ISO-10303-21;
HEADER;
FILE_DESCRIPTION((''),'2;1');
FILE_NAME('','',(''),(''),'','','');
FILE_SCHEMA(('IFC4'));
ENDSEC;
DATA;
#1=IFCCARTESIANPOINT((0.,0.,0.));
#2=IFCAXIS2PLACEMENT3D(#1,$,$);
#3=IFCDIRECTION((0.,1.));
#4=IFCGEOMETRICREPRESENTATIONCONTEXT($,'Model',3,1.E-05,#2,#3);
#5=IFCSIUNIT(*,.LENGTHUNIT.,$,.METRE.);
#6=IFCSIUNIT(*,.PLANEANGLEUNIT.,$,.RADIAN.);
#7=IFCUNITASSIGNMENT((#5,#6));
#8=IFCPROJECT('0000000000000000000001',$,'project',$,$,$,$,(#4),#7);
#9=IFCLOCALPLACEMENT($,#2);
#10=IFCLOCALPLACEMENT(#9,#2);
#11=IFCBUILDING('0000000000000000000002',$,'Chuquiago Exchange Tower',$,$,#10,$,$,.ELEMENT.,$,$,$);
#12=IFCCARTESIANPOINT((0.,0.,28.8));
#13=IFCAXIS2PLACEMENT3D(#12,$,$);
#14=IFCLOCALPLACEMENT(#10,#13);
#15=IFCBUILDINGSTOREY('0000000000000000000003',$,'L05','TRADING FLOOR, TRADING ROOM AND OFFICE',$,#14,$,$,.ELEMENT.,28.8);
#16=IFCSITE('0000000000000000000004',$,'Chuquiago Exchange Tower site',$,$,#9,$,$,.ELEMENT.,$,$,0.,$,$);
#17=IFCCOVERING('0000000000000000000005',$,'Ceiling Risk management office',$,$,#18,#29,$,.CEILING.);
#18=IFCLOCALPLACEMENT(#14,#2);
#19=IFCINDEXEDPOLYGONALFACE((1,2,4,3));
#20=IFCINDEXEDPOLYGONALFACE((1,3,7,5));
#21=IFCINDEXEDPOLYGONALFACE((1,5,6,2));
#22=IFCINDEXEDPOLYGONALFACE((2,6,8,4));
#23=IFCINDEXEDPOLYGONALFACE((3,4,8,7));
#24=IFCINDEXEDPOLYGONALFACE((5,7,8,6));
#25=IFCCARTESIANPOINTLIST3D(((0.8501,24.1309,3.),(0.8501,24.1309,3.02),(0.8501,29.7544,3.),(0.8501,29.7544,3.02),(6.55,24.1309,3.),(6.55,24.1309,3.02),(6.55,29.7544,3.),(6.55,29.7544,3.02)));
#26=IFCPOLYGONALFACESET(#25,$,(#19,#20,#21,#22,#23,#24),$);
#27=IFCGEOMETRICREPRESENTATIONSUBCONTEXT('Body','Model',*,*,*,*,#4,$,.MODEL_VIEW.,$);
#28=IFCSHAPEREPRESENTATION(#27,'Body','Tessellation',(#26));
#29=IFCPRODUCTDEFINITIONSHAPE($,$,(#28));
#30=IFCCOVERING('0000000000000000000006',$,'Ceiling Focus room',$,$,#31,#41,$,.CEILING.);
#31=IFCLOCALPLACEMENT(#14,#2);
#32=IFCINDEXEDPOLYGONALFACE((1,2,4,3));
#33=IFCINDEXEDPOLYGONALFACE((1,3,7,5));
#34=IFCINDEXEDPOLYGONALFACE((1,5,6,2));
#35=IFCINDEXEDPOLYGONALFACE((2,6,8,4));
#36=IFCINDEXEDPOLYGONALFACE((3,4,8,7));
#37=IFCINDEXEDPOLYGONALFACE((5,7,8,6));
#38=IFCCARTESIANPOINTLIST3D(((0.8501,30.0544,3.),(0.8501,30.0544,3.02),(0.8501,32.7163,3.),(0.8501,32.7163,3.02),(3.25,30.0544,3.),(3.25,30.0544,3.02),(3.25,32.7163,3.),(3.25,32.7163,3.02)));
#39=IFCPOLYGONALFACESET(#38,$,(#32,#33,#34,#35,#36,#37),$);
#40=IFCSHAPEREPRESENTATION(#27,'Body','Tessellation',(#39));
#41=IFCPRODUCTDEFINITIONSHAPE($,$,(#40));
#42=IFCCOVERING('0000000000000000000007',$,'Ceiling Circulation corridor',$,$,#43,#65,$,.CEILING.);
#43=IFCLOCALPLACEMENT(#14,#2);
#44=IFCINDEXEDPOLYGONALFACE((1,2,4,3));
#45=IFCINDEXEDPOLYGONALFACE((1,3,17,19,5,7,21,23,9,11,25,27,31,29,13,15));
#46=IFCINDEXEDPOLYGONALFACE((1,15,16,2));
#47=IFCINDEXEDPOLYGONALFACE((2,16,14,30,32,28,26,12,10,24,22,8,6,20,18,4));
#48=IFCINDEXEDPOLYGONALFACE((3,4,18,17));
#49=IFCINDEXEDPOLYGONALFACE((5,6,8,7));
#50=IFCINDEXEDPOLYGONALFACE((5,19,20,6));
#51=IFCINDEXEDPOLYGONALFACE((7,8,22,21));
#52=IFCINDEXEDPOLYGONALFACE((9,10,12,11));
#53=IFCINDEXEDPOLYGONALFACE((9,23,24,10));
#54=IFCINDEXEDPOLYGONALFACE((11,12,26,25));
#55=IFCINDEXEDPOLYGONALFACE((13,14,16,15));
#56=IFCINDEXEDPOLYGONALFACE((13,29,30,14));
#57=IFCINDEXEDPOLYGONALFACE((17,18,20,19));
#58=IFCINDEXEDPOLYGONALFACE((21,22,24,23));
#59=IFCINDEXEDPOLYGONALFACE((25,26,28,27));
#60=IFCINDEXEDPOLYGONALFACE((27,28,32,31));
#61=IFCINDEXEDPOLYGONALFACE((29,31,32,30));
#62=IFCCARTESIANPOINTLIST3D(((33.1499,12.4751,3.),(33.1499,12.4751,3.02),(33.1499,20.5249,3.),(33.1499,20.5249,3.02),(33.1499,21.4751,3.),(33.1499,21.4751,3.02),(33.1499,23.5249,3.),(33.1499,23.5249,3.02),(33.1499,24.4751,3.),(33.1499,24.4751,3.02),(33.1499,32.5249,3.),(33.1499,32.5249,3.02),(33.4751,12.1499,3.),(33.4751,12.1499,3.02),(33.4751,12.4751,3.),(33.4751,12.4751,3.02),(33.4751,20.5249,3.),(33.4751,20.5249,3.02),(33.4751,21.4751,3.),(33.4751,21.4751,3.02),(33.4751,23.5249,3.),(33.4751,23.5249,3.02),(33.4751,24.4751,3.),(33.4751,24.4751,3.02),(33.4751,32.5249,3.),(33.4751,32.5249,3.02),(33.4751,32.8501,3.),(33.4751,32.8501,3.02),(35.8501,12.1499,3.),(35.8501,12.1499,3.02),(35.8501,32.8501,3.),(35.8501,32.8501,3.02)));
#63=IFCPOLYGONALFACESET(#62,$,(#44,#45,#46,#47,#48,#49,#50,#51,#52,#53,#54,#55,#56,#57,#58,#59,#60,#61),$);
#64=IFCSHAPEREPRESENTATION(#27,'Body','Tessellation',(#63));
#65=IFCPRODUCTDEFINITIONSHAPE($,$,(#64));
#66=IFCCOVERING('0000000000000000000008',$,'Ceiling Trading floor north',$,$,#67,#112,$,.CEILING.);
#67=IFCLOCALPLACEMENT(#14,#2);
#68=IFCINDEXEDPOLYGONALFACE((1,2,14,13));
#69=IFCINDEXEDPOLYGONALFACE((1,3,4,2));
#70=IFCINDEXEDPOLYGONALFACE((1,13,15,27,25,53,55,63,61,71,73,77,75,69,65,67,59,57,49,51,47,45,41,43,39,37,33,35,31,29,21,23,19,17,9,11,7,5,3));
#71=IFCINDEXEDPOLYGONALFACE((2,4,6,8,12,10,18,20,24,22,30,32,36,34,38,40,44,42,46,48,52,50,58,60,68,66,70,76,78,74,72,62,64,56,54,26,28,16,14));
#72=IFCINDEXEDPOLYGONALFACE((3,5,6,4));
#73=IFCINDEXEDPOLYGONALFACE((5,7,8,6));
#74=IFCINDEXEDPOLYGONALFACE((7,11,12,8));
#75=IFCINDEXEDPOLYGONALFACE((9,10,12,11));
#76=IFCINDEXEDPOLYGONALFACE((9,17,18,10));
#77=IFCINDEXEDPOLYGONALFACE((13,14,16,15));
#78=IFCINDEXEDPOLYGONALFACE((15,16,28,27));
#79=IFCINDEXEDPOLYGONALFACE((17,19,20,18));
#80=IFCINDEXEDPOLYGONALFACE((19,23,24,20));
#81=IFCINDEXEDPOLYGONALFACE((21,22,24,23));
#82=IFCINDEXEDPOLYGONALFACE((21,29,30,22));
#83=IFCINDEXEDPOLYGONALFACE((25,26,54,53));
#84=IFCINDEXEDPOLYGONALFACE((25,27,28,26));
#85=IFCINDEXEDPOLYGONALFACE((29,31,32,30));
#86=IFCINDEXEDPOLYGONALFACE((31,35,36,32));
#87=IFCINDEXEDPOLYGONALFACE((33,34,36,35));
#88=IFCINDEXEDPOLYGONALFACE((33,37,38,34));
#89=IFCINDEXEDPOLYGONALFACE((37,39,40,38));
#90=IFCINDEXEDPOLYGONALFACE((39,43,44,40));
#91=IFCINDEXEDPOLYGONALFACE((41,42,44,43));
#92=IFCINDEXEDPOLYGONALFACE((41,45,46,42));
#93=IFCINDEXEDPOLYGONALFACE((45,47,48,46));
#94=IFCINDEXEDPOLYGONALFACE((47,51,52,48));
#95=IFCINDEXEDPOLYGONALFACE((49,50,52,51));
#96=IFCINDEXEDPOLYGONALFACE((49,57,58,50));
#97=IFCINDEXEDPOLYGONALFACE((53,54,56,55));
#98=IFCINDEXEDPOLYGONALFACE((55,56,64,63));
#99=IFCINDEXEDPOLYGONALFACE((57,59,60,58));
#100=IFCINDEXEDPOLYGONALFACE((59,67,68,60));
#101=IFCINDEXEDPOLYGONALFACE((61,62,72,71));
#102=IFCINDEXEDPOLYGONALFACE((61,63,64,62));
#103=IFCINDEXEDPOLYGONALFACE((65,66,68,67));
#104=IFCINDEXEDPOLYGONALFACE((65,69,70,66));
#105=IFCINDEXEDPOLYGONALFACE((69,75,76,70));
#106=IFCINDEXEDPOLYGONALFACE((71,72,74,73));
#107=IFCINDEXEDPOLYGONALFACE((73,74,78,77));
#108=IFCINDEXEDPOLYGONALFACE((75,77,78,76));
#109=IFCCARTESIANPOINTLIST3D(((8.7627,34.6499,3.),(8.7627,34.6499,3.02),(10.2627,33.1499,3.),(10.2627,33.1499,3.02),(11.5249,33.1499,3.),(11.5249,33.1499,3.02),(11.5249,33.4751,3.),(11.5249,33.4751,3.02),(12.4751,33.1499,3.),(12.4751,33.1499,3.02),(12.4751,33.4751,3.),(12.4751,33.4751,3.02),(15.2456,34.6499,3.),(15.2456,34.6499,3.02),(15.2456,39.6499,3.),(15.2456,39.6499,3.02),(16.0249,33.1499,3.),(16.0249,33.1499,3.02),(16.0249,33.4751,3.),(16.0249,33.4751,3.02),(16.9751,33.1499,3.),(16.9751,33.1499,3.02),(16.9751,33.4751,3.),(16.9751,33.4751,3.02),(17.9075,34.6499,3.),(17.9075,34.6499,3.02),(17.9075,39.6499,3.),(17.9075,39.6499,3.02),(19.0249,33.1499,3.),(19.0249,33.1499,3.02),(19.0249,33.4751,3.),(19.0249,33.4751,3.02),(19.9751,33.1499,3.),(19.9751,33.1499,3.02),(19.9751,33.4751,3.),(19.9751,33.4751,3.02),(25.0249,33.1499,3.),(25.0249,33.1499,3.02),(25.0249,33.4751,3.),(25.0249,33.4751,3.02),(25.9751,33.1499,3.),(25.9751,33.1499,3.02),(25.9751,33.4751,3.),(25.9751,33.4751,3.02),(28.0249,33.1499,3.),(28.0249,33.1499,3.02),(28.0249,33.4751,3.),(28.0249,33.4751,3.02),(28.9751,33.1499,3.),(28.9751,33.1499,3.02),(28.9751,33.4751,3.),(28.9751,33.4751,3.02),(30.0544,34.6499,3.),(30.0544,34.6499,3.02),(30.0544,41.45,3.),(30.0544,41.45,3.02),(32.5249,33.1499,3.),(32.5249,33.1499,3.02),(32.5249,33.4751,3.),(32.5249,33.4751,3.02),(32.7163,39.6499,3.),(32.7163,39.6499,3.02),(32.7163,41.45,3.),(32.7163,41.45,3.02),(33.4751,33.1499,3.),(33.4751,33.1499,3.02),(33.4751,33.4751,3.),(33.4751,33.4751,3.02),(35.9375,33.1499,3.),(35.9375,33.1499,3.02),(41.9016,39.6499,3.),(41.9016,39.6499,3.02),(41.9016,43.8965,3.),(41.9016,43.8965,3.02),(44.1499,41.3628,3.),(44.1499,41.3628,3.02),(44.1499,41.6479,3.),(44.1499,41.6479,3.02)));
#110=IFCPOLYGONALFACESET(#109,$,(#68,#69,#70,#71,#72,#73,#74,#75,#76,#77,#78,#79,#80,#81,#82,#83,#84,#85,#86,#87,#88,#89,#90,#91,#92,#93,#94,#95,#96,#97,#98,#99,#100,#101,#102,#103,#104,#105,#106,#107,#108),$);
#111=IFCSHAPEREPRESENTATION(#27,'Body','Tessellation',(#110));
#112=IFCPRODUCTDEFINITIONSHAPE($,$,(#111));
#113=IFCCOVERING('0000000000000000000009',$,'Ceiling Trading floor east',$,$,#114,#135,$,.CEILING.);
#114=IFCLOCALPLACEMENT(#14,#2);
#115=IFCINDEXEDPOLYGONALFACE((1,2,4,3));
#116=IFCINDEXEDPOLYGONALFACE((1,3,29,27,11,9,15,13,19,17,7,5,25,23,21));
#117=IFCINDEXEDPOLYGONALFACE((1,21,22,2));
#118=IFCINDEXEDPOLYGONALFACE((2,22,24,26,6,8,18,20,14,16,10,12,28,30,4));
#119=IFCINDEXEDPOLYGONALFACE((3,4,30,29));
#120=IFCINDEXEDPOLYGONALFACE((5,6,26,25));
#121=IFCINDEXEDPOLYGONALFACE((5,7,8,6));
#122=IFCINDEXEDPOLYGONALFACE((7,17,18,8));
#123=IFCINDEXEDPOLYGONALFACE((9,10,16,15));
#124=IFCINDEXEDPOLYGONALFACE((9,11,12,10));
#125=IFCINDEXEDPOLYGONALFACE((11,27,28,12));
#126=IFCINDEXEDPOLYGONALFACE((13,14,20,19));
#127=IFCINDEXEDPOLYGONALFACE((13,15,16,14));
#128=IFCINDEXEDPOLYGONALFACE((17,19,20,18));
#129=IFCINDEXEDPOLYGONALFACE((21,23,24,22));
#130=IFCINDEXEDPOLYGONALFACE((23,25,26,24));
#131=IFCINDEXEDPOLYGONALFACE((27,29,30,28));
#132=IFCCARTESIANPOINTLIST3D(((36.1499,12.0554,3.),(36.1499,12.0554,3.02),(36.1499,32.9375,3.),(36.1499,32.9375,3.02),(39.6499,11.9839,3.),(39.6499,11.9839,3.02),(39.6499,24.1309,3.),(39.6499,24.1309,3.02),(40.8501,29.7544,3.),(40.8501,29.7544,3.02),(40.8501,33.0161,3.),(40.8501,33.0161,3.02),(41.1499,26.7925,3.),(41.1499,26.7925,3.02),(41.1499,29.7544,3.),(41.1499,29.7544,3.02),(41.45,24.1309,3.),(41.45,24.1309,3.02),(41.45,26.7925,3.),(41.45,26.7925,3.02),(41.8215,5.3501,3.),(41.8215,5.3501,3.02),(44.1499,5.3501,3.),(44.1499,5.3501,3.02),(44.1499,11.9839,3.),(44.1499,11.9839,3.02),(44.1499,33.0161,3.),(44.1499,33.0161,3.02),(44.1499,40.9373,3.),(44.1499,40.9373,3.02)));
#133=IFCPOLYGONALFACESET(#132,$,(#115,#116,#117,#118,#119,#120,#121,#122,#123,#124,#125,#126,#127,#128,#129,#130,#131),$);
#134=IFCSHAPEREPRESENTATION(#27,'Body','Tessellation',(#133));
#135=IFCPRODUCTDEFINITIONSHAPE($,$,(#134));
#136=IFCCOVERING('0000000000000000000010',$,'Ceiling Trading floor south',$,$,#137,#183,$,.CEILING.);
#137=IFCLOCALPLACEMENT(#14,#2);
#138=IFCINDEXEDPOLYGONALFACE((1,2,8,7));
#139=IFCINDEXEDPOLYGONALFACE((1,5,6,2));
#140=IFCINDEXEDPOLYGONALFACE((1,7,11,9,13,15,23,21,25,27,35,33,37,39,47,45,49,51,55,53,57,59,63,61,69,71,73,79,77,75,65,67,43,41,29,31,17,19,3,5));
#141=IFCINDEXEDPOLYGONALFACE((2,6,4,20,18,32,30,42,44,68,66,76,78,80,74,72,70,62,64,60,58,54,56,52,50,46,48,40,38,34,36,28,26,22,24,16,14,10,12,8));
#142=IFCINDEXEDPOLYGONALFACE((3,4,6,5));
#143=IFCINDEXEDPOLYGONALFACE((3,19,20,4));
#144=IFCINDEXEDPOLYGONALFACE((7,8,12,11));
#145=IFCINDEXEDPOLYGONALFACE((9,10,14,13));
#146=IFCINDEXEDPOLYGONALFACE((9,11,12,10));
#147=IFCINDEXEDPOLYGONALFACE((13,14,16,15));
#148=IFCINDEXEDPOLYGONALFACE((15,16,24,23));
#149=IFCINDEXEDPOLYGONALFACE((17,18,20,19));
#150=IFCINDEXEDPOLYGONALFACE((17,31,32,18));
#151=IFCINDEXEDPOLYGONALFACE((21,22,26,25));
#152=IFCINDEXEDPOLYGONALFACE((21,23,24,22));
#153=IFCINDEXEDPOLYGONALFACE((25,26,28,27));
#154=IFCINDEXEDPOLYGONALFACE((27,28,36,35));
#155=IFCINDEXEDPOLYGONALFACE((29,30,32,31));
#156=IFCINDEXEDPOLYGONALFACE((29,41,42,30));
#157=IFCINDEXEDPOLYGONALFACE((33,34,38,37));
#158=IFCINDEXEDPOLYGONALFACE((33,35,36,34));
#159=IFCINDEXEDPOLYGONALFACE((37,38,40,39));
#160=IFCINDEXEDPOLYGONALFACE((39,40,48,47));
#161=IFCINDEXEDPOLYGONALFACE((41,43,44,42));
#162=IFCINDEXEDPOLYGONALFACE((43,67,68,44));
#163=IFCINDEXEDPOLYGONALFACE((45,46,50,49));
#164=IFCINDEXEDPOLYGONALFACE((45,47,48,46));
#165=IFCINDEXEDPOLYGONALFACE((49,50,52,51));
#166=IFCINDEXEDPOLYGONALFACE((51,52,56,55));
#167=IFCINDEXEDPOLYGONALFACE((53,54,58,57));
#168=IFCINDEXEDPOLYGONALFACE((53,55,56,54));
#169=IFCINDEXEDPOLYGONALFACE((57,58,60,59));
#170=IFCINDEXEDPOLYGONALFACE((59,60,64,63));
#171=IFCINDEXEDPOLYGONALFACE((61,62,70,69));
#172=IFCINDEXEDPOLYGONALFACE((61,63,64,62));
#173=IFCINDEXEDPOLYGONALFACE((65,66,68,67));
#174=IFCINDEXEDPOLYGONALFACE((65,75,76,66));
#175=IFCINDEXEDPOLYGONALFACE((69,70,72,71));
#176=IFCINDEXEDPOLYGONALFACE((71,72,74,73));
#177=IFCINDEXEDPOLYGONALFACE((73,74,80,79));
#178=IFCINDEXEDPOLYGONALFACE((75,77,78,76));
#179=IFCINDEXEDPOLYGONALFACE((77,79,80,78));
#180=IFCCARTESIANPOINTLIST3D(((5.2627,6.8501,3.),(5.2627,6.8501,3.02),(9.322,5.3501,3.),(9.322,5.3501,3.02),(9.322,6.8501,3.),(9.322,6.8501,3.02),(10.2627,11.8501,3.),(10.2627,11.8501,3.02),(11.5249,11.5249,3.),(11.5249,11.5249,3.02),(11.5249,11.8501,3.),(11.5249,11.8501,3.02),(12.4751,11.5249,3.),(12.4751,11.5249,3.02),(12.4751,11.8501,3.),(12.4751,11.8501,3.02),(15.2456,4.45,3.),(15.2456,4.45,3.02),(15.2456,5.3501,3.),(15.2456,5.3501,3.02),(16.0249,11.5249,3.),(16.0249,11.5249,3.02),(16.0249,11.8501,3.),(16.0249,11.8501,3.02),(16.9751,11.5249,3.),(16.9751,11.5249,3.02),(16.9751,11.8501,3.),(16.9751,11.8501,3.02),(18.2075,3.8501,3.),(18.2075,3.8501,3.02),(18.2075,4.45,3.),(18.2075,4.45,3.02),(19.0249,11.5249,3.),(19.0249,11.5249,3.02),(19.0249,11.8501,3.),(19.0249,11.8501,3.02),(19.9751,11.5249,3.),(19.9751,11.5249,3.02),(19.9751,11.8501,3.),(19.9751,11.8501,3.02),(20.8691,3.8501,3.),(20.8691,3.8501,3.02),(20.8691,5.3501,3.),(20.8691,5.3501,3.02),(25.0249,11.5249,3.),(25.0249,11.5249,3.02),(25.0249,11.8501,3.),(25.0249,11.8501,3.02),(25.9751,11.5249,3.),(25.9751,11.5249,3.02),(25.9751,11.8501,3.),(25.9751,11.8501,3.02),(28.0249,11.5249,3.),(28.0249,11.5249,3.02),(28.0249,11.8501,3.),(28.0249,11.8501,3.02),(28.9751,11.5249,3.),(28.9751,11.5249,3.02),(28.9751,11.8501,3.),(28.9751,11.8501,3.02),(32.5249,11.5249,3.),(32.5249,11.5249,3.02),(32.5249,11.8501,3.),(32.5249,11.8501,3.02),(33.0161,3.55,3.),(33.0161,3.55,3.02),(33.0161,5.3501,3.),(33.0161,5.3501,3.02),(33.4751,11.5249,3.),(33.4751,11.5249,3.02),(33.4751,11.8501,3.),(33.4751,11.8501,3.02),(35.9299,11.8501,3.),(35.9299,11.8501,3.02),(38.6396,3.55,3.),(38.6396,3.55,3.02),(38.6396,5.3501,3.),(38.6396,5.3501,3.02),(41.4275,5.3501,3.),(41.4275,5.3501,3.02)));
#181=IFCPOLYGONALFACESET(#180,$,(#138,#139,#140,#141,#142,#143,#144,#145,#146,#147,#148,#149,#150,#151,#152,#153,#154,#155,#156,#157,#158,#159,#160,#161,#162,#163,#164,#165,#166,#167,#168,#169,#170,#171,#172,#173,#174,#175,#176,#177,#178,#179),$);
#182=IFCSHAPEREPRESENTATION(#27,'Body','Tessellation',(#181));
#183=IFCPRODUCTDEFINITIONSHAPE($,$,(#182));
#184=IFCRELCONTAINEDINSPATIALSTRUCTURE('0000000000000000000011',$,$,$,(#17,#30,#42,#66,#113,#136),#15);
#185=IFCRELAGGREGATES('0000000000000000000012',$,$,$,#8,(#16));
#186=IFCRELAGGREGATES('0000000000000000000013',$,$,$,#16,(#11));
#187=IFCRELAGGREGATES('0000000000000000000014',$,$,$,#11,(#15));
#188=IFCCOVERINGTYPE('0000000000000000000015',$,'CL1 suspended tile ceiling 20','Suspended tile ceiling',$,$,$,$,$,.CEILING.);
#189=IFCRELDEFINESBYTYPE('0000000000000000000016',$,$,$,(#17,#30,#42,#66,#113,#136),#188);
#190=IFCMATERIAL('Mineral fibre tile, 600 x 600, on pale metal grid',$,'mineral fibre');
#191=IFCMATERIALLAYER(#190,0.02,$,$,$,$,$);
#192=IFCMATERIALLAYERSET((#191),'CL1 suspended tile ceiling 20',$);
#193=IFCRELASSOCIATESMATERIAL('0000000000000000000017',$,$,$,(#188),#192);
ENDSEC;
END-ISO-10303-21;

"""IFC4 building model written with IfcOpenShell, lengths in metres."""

from ifc_helpers import new_model, si_unit, direction, frame, origin, place, context, subcontext, project, spatial, polyline, outline, extrude, material, layer, layer_set, type_object, element, save


model = new_model("IFC4")

# Units and contexts
model_context = context("Model", 3, precision=1e-05, world=origin(), true_north=direction((0.0, 1.0)))
body_context = subcontext(model_context, "Body", "Model", "MODEL_VIEW")
ifc_project = project(units=[si_unit("LENGTHUNIT", "METRE"), si_unit("PLANEANGLEUNIT", "RADIAN")], contexts=[model_context])

# Site, building, storey
site_placement = place(None, origin())
site = spatial("IfcSite", under=ifc_project, at=site_placement, Name="Chuquiago Exchange Tower site", CompositionType="ELEMENT", RefElevation=0.0)
building_placement = place(site_placement, origin())
building = spatial("IfcBuilding", under=site, at=building_placement, Name="Chuquiago Exchange Tower", CompositionType="ELEMENT")
storey_placement = place(building_placement, frame((0.0, 0.0, 28.8)))
storey = spatial("IfcBuildingStorey", under=building, at=storey_placement, Name="L05", Description="TRADING FLOOR, TRADING ROOM AND OFFICE", CompositionType="ELEMENT", Elevation=28.8)

# Coverings
ifc_material_1 = material(Name="Mineral fibre tile, 600 x 600, on pale metal grid", Category="mineral fibre")
ifc_layer_1 = layer(ifc_material_1, 0.02)
ifc_layer_set_1 = layer_set([ifc_layer_1], Name="CL1 suspended tile ceiling 20")
covering_type_1 = type_object("IfcCoveringType", Name="CL1 suspended tile ceiling 20", Description="Suspended tile ceiling", PredefinedType="CEILING", material=ifc_layer_set_1)
covering_1_placement = place(storey_placement, frame((0.0, 0.0, 3.0)))
element("IfcCovering", 1, at=covering_1_placement, inside=storey, type_object=covering_type_1, Name="Ceiling Risk management office", PredefinedType="CEILING", context=body_context, shape_type="SweptSolid", body=[
    extrude(outline(polyline([(6.55, 29.7544), (6.55, 24.1309), (0.8501, 24.1309), (0.8501, 29.7544), (6.55, 29.7544)])), origin(), (0.0, 0.0, 1.0), 0.02),
])
covering_2_placement = place(storey_placement, frame((0.0, 0.0, 3.0)))
element("IfcCovering", 2, at=covering_2_placement, inside=storey, type_object=covering_type_1, Name="Ceiling Focus room", PredefinedType="CEILING", context=body_context, shape_type="SweptSolid", body=[
    extrude(outline(polyline([(3.25, 32.7163), (3.25, 30.0544), (0.8501, 30.0544), (0.8501, 32.7163), (3.25, 32.7163)])), origin(), (0.0, 0.0, 1.0), 0.02),
])
covering_3_placement = place(storey_placement, frame((0.0, 0.0, 3.0)))
element("IfcCovering", 3, at=covering_3_placement, inside=storey, type_object=covering_type_1, Name="Ceiling Circulation corridor", PredefinedType="CEILING", context=body_context, shape_type="SweptSolid", body=[
    extrude(outline(polyline([(35.8501, 32.8501), (35.8501, 12.1499), (33.4751, 12.1499), (33.4751, 12.4751), (33.1499, 12.4751), (33.1499, 20.5249), (33.4751, 20.5249), (33.4751, 21.4751), (33.1499, 21.4751), (33.1499, 23.5249), (33.4751, 23.5249), (33.4751, 24.4751), (33.1499, 24.4751), (33.1499, 32.5249), (33.4751, 32.5249), (33.4751, 32.8501), (35.8501, 32.8501)])), origin(), (0.0, 0.0, 1.0), 0.02),
])
covering_4_placement = place(storey_placement, frame((0.0, 0.0, 3.0)))
element("IfcCovering", 4, at=covering_4_placement, inside=storey, type_object=covering_type_1, Name="Ceiling Trading floor north", PredefinedType="CEILING", context=body_context, shape_type="SweptSolid", body=[
    extrude(outline(polyline([(15.2456, 39.6499), (17.9075, 39.6499), (17.9075, 34.6499), (30.0544, 34.6499), (30.0544, 41.45), (32.7163, 41.45), (32.7163, 39.6499), (41.9016, 39.6499), (41.9016, 43.8965), (44.1499, 41.6479), (44.1499, 41.3628), (35.9375, 33.1499), (33.4751, 33.1499), (33.4751, 33.4751), (32.5249, 33.4751), (32.5249, 33.1499), (28.9751, 33.1499), (28.9751, 33.4751), (28.0249, 33.4751), (28.0249, 33.1499), (25.9751, 33.1499), (25.9751, 33.4751), (25.0249, 33.4751), (25.0249, 33.1499), (19.9751, 33.1499), (19.9751, 33.4751), (19.0249, 33.4751), (19.0249, 33.1499), (16.9751, 33.1499), (16.9751, 33.4751), (16.0249, 33.4751), (16.0249, 33.1499), (12.4751, 33.1499), (12.4751, 33.4751), (11.5249, 33.4751), (11.5249, 33.1499), (10.2627, 33.1499), (8.7627, 34.6499), (15.2456, 34.6499), (15.2456, 39.6499)])), origin(), (0.0, 0.0, 1.0), 0.02),
])
covering_5_placement = place(storey_placement, frame((0.0, 0.0, 3.0)))
element("IfcCovering", 5, at=covering_5_placement, inside=storey, type_object=covering_type_1, Name="Ceiling Trading floor east", PredefinedType="CEILING", context=body_context, shape_type="SweptSolid", body=[
    extrude(outline(polyline([(40.8501, 33.0161), (40.8501, 29.7544), (41.1499, 29.7544), (41.1499, 26.7925), (41.45, 26.7925), (41.45, 24.1309), (39.6499, 24.1309), (39.6499, 11.9839), (44.1499, 11.9839), (44.1499, 5.3501), (41.8215, 5.3501), (36.1499, 12.0554), (36.1499, 32.9375), (44.1499, 40.9373), (44.1499, 33.0161), (40.8501, 33.0161)])), origin(), (0.0, 0.0, 1.0), 0.02),
])
covering_6_placement = place(storey_placement, frame((0.0, 0.0, 3.0)))
element("IfcCovering", 6, at=covering_6_placement, inside=storey, type_object=covering_type_1, Name="Ceiling Trading floor south", PredefinedType="CEILING", context=body_context, shape_type="SweptSolid", body=[
    extrude(outline(polyline([(38.6396, 3.55), (33.0161, 3.55), (33.0161, 5.3501), (20.8691, 5.3501), (20.8691, 3.8501), (18.2075, 3.8501), (18.2075, 4.45), (15.2456, 4.45), (15.2456, 5.3501), (9.322, 5.3501), (9.322, 6.8501), (5.2627, 6.8501), (10.2627, 11.8501), (11.5249, 11.8501), (11.5249, 11.5249), (12.4751, 11.5249), (12.4751, 11.8501), (16.0249, 11.8501), (16.0249, 11.5249), (16.9751, 11.5249), (16.9751, 11.8501), (19.0249, 11.8501), (19.0249, 11.5249), (19.9751, 11.5249), (19.9751, 11.8501), (25.0249, 11.8501), (25.0249, 11.5249), (25.9751, 11.5249), (25.9751, 11.8501), (28.0249, 11.8501), (28.0249, 11.5249), (28.9751, 11.5249), (28.9751, 11.8501), (32.5249, 11.8501), (32.5249, 11.5249), (33.4751, 11.5249), (33.4751, 11.8501), (35.9299, 11.8501), (41.4275, 5.3501), (38.6396, 5.3501), (38.6396, 3.55)])), origin(), (0.0, 0.0, 1.0), 0.02),
])

save(model, "model.ifc")
